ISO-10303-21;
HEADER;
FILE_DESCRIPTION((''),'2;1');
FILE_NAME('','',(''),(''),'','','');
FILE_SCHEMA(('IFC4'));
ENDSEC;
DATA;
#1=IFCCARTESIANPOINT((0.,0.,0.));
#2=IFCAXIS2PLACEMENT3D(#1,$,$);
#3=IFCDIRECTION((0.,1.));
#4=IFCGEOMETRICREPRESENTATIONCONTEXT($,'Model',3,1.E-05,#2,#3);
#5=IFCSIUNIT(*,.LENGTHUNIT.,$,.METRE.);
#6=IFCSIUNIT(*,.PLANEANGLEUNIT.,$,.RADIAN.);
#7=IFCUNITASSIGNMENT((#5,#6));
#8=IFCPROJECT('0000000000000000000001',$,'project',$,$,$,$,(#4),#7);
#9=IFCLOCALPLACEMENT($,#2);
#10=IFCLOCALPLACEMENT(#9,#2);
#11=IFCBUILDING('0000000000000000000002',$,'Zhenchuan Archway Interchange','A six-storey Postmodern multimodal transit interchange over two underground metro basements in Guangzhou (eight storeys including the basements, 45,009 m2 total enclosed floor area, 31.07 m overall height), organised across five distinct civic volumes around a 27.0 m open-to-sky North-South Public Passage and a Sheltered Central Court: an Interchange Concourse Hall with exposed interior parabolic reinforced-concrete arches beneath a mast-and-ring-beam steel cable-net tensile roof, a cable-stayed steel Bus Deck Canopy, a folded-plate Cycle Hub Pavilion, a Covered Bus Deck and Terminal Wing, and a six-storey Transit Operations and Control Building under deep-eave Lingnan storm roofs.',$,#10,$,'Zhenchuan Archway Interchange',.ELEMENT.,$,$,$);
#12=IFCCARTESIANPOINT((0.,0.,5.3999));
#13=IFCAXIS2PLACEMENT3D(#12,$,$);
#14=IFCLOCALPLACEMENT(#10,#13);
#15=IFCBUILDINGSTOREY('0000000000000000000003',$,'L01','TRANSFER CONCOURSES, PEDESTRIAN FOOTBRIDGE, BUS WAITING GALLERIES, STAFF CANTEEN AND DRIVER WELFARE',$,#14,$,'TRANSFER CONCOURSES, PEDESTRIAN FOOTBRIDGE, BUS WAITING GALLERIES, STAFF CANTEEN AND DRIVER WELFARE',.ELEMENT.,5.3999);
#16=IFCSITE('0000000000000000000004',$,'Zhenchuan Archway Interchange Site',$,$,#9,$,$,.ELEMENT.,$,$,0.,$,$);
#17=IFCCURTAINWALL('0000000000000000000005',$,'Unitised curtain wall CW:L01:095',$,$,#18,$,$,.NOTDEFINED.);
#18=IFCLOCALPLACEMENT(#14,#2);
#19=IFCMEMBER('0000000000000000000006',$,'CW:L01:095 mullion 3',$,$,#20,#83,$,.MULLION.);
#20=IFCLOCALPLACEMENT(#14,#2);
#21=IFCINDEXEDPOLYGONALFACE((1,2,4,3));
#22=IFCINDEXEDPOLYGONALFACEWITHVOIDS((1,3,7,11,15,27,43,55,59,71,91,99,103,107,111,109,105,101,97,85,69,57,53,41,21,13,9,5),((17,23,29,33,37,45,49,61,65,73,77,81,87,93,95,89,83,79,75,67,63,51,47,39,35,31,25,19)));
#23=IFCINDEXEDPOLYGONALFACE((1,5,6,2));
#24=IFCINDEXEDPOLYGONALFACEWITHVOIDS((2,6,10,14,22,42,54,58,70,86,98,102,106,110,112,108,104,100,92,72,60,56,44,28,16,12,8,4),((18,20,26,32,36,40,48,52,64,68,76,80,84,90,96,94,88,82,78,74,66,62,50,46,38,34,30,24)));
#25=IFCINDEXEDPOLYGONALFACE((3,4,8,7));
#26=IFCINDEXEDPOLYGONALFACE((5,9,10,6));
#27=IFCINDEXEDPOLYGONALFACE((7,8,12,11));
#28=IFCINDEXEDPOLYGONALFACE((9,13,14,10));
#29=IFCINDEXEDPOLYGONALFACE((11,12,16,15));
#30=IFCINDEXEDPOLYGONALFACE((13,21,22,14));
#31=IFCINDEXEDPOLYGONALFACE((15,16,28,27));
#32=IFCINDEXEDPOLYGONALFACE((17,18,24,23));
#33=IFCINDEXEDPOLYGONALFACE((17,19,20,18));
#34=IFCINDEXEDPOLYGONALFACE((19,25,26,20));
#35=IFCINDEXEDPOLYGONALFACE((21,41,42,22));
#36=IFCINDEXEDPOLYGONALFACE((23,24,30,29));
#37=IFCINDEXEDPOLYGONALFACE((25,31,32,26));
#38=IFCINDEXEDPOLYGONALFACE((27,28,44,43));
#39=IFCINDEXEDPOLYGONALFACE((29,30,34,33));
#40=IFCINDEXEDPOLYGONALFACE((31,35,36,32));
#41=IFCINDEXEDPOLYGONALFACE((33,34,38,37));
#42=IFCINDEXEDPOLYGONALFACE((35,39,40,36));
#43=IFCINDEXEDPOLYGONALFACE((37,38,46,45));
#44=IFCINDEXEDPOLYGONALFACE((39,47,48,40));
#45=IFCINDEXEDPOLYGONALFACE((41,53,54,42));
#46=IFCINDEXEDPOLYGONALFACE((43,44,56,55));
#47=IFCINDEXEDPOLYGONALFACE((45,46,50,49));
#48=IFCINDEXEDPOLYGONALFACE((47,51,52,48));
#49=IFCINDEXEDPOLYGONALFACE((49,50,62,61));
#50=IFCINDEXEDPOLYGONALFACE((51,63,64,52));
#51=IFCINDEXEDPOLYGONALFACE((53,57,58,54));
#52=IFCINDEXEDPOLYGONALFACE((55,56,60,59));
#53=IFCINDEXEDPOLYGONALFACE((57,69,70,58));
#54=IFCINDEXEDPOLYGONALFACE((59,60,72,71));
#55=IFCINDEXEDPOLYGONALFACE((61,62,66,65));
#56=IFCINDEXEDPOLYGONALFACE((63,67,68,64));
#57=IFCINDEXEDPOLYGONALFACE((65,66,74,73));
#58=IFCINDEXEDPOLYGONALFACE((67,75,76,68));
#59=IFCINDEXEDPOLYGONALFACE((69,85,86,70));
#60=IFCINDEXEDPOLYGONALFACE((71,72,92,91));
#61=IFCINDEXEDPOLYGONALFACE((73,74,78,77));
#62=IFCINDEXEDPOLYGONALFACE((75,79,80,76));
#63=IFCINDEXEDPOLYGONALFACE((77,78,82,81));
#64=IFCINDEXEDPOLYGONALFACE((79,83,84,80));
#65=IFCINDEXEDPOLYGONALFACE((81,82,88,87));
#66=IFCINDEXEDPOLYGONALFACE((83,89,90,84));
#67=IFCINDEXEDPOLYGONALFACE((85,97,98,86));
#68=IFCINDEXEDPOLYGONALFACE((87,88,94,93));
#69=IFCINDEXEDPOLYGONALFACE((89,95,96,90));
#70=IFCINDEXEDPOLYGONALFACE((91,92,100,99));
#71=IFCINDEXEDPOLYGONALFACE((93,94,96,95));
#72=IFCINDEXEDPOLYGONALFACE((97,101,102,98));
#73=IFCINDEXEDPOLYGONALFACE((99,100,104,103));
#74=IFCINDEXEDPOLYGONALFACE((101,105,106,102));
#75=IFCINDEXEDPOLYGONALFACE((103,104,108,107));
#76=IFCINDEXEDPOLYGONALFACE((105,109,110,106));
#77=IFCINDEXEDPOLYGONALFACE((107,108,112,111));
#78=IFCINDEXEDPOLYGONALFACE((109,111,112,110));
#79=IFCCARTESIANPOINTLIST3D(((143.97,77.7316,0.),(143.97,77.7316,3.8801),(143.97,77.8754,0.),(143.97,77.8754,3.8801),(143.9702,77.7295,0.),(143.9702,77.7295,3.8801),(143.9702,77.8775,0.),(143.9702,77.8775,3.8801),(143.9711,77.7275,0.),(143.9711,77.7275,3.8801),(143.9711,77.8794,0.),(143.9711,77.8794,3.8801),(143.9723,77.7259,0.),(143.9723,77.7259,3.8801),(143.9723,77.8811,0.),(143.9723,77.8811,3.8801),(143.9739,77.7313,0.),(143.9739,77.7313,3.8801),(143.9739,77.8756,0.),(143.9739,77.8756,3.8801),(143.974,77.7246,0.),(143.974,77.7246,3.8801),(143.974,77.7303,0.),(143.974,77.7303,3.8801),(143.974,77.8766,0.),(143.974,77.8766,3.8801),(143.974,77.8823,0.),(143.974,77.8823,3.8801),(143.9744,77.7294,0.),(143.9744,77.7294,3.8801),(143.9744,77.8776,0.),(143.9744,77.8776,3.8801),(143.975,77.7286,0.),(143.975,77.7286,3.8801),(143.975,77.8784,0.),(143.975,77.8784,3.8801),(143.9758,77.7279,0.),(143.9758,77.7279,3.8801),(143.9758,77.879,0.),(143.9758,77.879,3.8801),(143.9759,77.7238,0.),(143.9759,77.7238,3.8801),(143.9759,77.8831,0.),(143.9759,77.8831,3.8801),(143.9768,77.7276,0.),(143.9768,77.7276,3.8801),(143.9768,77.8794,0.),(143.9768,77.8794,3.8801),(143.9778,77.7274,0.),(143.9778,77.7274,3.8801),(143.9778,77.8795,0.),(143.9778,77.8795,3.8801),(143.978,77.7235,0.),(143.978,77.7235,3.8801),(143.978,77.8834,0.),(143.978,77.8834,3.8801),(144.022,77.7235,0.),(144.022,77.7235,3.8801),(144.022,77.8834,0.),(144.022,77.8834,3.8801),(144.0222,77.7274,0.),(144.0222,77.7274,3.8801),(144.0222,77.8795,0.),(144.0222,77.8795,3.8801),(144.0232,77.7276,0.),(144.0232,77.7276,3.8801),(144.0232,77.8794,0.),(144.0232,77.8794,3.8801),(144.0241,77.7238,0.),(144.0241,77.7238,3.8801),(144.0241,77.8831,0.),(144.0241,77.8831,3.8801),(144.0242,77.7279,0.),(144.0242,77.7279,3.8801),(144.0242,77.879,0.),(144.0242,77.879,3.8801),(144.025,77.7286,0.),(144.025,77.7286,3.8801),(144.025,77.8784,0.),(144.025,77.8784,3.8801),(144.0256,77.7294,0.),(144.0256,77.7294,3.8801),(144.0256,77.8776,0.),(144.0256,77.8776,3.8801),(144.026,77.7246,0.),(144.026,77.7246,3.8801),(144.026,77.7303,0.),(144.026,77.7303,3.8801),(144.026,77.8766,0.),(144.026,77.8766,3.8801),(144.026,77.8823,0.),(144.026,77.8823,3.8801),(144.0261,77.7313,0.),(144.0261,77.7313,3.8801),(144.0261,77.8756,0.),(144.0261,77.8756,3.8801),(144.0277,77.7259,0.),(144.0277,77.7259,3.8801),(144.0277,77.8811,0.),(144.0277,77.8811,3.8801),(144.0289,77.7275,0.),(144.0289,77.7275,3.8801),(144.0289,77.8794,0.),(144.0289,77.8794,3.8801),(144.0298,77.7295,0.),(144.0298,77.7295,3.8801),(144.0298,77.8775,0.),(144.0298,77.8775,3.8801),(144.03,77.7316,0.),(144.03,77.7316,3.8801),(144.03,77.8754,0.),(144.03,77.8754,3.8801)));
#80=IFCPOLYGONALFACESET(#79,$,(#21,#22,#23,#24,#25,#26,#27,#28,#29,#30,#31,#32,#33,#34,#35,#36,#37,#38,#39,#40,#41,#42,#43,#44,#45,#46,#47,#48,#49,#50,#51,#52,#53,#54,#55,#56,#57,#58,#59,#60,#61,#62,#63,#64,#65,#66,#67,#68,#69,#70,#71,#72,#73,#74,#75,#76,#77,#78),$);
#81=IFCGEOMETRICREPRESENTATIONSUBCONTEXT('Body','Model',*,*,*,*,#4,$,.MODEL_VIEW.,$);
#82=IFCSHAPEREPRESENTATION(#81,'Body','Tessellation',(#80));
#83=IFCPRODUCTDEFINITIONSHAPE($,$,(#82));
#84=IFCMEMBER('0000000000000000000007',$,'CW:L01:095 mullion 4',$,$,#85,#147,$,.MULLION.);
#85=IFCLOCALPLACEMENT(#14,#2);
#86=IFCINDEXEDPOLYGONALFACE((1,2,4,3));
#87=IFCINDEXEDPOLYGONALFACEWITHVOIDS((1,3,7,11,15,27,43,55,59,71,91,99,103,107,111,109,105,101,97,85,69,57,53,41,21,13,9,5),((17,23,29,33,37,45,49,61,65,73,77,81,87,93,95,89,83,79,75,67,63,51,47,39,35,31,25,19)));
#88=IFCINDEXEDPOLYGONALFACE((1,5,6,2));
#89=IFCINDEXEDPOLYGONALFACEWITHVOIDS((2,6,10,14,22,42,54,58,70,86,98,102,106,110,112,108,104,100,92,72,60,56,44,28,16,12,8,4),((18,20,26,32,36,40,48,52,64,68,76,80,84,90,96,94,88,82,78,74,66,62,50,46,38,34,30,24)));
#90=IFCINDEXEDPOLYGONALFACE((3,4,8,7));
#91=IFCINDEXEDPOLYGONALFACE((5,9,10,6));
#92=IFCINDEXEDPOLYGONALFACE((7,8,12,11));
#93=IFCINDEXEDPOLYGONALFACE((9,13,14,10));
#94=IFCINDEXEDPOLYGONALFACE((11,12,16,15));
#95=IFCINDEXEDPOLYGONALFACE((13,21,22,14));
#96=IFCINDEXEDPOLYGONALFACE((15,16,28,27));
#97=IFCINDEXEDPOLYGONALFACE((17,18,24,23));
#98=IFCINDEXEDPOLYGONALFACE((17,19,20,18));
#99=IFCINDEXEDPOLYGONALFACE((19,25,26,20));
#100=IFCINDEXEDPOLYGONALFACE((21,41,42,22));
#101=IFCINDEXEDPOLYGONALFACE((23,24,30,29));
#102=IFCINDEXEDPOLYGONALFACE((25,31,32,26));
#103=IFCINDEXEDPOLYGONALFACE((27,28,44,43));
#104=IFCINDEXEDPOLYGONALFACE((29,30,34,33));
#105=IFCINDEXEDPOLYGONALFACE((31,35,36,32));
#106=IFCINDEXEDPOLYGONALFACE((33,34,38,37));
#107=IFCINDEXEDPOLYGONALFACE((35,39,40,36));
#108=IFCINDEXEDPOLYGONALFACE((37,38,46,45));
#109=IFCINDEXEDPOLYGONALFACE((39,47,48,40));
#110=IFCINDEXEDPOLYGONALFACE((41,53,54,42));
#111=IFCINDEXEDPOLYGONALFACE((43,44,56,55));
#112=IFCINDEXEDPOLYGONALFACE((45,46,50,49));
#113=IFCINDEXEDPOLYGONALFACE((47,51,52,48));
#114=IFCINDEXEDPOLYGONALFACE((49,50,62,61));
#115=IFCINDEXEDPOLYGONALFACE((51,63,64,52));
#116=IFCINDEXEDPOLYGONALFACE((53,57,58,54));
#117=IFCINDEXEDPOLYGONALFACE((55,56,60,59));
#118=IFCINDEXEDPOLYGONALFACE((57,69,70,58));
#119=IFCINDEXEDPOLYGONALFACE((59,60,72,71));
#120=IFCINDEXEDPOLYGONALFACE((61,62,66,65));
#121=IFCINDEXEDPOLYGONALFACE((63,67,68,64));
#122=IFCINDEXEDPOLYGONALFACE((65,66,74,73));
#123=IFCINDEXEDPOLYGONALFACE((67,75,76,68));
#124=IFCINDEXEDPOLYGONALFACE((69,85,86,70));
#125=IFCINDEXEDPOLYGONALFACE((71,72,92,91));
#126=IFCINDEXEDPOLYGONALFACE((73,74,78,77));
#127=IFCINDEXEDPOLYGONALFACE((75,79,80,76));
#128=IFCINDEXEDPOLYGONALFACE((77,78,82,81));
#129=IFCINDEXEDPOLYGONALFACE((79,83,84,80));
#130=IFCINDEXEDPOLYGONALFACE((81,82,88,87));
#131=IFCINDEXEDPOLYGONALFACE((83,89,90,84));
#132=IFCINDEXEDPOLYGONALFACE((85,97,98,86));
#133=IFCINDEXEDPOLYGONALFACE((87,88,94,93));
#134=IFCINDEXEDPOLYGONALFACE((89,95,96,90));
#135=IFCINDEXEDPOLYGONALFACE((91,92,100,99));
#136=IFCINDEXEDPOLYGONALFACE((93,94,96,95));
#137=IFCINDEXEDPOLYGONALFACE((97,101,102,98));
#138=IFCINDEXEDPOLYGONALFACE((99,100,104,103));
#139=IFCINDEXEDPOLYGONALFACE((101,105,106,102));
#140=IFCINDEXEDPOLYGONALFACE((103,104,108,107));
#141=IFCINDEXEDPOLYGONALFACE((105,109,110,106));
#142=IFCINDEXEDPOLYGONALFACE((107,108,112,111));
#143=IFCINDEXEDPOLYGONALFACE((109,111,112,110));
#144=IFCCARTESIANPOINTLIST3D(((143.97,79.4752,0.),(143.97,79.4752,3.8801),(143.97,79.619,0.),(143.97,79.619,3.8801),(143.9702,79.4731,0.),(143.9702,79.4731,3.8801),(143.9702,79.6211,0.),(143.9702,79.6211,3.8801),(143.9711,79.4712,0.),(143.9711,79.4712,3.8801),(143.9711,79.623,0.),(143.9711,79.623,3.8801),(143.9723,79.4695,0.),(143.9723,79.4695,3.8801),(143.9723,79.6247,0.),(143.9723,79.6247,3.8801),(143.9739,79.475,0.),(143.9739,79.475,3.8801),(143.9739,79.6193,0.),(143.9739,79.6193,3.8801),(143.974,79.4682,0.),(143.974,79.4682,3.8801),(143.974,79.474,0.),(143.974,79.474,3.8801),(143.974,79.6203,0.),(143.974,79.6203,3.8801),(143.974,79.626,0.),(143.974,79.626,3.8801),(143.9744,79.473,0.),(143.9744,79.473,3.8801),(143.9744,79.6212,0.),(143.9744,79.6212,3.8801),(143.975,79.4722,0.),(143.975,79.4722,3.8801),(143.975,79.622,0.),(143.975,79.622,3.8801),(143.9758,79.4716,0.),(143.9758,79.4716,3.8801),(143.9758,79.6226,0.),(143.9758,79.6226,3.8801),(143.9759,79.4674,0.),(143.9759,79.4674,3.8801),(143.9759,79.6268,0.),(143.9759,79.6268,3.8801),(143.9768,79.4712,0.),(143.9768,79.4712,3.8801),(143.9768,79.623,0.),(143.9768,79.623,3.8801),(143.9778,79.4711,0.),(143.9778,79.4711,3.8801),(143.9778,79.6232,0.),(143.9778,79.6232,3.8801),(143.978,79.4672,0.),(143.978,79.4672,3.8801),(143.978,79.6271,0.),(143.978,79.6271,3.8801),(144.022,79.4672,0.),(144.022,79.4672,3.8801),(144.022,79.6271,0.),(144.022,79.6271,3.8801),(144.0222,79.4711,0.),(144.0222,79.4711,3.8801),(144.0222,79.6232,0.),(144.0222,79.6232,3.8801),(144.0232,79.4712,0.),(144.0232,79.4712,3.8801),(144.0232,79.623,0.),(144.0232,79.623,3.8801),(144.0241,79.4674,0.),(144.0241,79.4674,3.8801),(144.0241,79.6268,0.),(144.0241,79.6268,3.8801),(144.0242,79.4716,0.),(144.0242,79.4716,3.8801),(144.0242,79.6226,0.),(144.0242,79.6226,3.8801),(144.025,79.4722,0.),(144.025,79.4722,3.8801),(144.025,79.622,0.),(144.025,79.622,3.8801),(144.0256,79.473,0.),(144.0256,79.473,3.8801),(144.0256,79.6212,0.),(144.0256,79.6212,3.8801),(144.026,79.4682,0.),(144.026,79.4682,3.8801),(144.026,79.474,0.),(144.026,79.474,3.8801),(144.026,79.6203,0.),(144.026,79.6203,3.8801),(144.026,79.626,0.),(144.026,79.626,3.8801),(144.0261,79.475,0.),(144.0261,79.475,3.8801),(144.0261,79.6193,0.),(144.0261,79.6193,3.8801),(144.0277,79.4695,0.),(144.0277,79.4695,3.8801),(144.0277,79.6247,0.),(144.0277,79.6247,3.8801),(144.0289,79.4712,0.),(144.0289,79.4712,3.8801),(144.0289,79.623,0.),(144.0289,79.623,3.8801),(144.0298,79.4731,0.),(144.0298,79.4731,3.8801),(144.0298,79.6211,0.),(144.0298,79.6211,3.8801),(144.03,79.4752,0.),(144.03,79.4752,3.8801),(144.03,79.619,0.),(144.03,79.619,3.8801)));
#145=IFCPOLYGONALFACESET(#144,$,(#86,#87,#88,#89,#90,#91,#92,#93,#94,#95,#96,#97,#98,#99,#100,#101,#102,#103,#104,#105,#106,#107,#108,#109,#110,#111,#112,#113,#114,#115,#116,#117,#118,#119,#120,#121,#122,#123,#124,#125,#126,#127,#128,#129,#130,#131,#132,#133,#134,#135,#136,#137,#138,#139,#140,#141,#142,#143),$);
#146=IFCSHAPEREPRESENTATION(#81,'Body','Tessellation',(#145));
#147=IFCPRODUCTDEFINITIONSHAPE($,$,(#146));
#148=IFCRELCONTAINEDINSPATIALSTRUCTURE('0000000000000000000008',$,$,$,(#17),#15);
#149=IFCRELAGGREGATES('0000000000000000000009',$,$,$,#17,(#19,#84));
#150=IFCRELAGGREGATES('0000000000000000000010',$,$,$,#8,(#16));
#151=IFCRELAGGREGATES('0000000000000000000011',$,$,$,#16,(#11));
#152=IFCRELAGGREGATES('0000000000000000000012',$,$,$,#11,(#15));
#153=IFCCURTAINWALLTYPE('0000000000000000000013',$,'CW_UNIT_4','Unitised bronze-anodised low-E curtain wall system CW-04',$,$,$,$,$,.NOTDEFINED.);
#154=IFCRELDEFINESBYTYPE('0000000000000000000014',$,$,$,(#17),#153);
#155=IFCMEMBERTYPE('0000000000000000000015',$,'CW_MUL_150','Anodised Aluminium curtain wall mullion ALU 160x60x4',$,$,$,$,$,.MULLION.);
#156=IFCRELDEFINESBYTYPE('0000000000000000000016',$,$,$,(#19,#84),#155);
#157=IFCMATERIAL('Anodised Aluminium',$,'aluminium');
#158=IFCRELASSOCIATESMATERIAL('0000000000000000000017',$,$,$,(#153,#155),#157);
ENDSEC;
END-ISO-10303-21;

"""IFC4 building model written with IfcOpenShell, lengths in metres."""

from ifc_helpers import new_model, si_unit, direction, frame, origin, origin_2d, place, context, subcontext, project, spatial, hollow_rectangle, extrude, material, material_profile, profile_set, type_object, element, aggregate, save


model = new_model("IFC4")

# Units and contexts
model_context = context("Model", 3, precision=1e-05, world=origin(), true_north=direction((0.0, 1.0)))
body_context = subcontext(model_context, "Body", "Model", "MODEL_VIEW")
ifc_project = project(units=[si_unit("LENGTHUNIT", "METRE"), si_unit("PLANEANGLEUNIT", "RADIAN")], contexts=[model_context])

# Site, building, storey
site_placement = place(None, origin())
site = spatial("IfcSite", under=ifc_project, at=site_placement, Name="Zhenchuan Archway Interchange Site", CompositionType="ELEMENT", RefElevation=0.0)
building_placement = place(site_placement, origin())
building = spatial("IfcBuilding", under=site, at=building_placement, Name="Zhenchuan Archway Interchange", Description="A six-storey Postmodern multimodal transit interchange over two underground metro basements in Guangzhou (eight storeys including the basements, 45,009 m2 total enclosed floor area, 31.07 m overall height), organised across five distinct civic volumes around a 27.0 m open-to-sky North-South Public Passage and a Sheltered Central Court: an Interchange Concourse Hall with exposed interior parabolic reinforced-concrete arches beneath a mast-and-ring-beam steel cable-net tensile roof, a cable-stayed steel Bus Deck Canopy, a folded-plate Cycle Hub Pavilion, a Covered Bus Deck and Terminal Wing, and a six-storey Transit Operations and Control Building under deep-eave Lingnan storm roofs.", LongName="Zhenchuan Archway Interchange", CompositionType="ELEMENT")
storey_placement = place(building_placement, frame((0.0, 0.0, 5.3999)))
storey = spatial("IfcBuildingStorey", under=building, at=storey_placement, Name="L01", Description="TRANSFER CONCOURSES, PEDESTRIAN FOOTBRIDGE, BUS WAITING GALLERIES, STAFF CANTEEN AND DRIVER WELFARE", LongName="TRANSFER CONCOURSES, PEDESTRIAN FOOTBRIDGE, BUS WAITING GALLERIES, STAFF CANTEEN AND DRIVER WELFARE", CompositionType="ELEMENT", Elevation=5.3999)

# Curtain wall, members
ifc_material_1 = material(Name="Anodised Aluminium", Category="aluminium")
curtain_wall_type = type_object("IfcCurtainWallType", Name="CW_UNIT_4", Description="Unitised bronze-anodised low-E curtain wall system CW-04", PredefinedType="NOTDEFINED", material=ifc_material_1)
curtain_wall_placement = place(storey_placement, origin())
curtain_wall = element("IfcCurtainWall", 1, at=curtain_wall_placement, inside=storey, type_object=curtain_wall_type, Name="Unitised curtain wall CW:L01:095", PredefinedType="NOTDEFINED")
ifc_material_profile_1 = material_profile(ifc_material_1, hollow_rectangle(XDim=0.0601, YDim=0.1599, WallThickness=0.0039, InnerFilletRadius=0.0039, OuterFilletRadius=0.0081, at=origin_2d()), Name="ALU 160x60x4")
ifc_profile_set_1 = profile_set([ifc_material_profile_1], Name="Anodised Aluminium")
member_type_1 = type_object("IfcMemberType", Name="CW_MUL_150", Description="Anodised Aluminium curtain wall mullion ALU 160x60x4", PredefinedType="MULLION", material=ifc_profile_set_1)
member_1_placement = place(storey_placement, frame((144.0, 77.8035, 0.0), z_axis=(0.0, 0.0, 1.0), x_axis=(1.0, 0.0, 0.0)))
member_1 = element("IfcMember", 2, at=member_1_placement, type_object=member_type_1, Name="CW:L01:095 mullion 3", PredefinedType="MULLION", context=body_context, shape_type="SweptSolid", body=[
    extrude(hollow_rectangle(XDim=0.0601, YDim=0.1599, WallThickness=0.0039, InnerFilletRadius=0.0039, OuterFilletRadius=0.0081, at=origin_2d()), origin(), (0.0, 0.0, 1.0), 3.8801),
])
member_2_placement = place(storey_placement, frame((144.0, 79.5471, 0.0), z_axis=(0.0, 0.0, 1.0), x_axis=(1.0, 0.0, 0.0)))
member_2 = element("IfcMember", 3, at=member_2_placement, type_object=member_type_1, Name="CW:L01:095 mullion 4", PredefinedType="MULLION", context=body_context, shape_type="SweptSolid", body=[
    extrude(hollow_rectangle(XDim=0.0601, YDim=0.1599, WallThickness=0.0039, InnerFilletRadius=0.0039, OuterFilletRadius=0.0081, at=origin_2d()), origin(), (0.0, 0.0, 1.0), 3.8801),
])

aggregate(curtain_wall, [member_1, member_2])

save(model, "model.ifc")
